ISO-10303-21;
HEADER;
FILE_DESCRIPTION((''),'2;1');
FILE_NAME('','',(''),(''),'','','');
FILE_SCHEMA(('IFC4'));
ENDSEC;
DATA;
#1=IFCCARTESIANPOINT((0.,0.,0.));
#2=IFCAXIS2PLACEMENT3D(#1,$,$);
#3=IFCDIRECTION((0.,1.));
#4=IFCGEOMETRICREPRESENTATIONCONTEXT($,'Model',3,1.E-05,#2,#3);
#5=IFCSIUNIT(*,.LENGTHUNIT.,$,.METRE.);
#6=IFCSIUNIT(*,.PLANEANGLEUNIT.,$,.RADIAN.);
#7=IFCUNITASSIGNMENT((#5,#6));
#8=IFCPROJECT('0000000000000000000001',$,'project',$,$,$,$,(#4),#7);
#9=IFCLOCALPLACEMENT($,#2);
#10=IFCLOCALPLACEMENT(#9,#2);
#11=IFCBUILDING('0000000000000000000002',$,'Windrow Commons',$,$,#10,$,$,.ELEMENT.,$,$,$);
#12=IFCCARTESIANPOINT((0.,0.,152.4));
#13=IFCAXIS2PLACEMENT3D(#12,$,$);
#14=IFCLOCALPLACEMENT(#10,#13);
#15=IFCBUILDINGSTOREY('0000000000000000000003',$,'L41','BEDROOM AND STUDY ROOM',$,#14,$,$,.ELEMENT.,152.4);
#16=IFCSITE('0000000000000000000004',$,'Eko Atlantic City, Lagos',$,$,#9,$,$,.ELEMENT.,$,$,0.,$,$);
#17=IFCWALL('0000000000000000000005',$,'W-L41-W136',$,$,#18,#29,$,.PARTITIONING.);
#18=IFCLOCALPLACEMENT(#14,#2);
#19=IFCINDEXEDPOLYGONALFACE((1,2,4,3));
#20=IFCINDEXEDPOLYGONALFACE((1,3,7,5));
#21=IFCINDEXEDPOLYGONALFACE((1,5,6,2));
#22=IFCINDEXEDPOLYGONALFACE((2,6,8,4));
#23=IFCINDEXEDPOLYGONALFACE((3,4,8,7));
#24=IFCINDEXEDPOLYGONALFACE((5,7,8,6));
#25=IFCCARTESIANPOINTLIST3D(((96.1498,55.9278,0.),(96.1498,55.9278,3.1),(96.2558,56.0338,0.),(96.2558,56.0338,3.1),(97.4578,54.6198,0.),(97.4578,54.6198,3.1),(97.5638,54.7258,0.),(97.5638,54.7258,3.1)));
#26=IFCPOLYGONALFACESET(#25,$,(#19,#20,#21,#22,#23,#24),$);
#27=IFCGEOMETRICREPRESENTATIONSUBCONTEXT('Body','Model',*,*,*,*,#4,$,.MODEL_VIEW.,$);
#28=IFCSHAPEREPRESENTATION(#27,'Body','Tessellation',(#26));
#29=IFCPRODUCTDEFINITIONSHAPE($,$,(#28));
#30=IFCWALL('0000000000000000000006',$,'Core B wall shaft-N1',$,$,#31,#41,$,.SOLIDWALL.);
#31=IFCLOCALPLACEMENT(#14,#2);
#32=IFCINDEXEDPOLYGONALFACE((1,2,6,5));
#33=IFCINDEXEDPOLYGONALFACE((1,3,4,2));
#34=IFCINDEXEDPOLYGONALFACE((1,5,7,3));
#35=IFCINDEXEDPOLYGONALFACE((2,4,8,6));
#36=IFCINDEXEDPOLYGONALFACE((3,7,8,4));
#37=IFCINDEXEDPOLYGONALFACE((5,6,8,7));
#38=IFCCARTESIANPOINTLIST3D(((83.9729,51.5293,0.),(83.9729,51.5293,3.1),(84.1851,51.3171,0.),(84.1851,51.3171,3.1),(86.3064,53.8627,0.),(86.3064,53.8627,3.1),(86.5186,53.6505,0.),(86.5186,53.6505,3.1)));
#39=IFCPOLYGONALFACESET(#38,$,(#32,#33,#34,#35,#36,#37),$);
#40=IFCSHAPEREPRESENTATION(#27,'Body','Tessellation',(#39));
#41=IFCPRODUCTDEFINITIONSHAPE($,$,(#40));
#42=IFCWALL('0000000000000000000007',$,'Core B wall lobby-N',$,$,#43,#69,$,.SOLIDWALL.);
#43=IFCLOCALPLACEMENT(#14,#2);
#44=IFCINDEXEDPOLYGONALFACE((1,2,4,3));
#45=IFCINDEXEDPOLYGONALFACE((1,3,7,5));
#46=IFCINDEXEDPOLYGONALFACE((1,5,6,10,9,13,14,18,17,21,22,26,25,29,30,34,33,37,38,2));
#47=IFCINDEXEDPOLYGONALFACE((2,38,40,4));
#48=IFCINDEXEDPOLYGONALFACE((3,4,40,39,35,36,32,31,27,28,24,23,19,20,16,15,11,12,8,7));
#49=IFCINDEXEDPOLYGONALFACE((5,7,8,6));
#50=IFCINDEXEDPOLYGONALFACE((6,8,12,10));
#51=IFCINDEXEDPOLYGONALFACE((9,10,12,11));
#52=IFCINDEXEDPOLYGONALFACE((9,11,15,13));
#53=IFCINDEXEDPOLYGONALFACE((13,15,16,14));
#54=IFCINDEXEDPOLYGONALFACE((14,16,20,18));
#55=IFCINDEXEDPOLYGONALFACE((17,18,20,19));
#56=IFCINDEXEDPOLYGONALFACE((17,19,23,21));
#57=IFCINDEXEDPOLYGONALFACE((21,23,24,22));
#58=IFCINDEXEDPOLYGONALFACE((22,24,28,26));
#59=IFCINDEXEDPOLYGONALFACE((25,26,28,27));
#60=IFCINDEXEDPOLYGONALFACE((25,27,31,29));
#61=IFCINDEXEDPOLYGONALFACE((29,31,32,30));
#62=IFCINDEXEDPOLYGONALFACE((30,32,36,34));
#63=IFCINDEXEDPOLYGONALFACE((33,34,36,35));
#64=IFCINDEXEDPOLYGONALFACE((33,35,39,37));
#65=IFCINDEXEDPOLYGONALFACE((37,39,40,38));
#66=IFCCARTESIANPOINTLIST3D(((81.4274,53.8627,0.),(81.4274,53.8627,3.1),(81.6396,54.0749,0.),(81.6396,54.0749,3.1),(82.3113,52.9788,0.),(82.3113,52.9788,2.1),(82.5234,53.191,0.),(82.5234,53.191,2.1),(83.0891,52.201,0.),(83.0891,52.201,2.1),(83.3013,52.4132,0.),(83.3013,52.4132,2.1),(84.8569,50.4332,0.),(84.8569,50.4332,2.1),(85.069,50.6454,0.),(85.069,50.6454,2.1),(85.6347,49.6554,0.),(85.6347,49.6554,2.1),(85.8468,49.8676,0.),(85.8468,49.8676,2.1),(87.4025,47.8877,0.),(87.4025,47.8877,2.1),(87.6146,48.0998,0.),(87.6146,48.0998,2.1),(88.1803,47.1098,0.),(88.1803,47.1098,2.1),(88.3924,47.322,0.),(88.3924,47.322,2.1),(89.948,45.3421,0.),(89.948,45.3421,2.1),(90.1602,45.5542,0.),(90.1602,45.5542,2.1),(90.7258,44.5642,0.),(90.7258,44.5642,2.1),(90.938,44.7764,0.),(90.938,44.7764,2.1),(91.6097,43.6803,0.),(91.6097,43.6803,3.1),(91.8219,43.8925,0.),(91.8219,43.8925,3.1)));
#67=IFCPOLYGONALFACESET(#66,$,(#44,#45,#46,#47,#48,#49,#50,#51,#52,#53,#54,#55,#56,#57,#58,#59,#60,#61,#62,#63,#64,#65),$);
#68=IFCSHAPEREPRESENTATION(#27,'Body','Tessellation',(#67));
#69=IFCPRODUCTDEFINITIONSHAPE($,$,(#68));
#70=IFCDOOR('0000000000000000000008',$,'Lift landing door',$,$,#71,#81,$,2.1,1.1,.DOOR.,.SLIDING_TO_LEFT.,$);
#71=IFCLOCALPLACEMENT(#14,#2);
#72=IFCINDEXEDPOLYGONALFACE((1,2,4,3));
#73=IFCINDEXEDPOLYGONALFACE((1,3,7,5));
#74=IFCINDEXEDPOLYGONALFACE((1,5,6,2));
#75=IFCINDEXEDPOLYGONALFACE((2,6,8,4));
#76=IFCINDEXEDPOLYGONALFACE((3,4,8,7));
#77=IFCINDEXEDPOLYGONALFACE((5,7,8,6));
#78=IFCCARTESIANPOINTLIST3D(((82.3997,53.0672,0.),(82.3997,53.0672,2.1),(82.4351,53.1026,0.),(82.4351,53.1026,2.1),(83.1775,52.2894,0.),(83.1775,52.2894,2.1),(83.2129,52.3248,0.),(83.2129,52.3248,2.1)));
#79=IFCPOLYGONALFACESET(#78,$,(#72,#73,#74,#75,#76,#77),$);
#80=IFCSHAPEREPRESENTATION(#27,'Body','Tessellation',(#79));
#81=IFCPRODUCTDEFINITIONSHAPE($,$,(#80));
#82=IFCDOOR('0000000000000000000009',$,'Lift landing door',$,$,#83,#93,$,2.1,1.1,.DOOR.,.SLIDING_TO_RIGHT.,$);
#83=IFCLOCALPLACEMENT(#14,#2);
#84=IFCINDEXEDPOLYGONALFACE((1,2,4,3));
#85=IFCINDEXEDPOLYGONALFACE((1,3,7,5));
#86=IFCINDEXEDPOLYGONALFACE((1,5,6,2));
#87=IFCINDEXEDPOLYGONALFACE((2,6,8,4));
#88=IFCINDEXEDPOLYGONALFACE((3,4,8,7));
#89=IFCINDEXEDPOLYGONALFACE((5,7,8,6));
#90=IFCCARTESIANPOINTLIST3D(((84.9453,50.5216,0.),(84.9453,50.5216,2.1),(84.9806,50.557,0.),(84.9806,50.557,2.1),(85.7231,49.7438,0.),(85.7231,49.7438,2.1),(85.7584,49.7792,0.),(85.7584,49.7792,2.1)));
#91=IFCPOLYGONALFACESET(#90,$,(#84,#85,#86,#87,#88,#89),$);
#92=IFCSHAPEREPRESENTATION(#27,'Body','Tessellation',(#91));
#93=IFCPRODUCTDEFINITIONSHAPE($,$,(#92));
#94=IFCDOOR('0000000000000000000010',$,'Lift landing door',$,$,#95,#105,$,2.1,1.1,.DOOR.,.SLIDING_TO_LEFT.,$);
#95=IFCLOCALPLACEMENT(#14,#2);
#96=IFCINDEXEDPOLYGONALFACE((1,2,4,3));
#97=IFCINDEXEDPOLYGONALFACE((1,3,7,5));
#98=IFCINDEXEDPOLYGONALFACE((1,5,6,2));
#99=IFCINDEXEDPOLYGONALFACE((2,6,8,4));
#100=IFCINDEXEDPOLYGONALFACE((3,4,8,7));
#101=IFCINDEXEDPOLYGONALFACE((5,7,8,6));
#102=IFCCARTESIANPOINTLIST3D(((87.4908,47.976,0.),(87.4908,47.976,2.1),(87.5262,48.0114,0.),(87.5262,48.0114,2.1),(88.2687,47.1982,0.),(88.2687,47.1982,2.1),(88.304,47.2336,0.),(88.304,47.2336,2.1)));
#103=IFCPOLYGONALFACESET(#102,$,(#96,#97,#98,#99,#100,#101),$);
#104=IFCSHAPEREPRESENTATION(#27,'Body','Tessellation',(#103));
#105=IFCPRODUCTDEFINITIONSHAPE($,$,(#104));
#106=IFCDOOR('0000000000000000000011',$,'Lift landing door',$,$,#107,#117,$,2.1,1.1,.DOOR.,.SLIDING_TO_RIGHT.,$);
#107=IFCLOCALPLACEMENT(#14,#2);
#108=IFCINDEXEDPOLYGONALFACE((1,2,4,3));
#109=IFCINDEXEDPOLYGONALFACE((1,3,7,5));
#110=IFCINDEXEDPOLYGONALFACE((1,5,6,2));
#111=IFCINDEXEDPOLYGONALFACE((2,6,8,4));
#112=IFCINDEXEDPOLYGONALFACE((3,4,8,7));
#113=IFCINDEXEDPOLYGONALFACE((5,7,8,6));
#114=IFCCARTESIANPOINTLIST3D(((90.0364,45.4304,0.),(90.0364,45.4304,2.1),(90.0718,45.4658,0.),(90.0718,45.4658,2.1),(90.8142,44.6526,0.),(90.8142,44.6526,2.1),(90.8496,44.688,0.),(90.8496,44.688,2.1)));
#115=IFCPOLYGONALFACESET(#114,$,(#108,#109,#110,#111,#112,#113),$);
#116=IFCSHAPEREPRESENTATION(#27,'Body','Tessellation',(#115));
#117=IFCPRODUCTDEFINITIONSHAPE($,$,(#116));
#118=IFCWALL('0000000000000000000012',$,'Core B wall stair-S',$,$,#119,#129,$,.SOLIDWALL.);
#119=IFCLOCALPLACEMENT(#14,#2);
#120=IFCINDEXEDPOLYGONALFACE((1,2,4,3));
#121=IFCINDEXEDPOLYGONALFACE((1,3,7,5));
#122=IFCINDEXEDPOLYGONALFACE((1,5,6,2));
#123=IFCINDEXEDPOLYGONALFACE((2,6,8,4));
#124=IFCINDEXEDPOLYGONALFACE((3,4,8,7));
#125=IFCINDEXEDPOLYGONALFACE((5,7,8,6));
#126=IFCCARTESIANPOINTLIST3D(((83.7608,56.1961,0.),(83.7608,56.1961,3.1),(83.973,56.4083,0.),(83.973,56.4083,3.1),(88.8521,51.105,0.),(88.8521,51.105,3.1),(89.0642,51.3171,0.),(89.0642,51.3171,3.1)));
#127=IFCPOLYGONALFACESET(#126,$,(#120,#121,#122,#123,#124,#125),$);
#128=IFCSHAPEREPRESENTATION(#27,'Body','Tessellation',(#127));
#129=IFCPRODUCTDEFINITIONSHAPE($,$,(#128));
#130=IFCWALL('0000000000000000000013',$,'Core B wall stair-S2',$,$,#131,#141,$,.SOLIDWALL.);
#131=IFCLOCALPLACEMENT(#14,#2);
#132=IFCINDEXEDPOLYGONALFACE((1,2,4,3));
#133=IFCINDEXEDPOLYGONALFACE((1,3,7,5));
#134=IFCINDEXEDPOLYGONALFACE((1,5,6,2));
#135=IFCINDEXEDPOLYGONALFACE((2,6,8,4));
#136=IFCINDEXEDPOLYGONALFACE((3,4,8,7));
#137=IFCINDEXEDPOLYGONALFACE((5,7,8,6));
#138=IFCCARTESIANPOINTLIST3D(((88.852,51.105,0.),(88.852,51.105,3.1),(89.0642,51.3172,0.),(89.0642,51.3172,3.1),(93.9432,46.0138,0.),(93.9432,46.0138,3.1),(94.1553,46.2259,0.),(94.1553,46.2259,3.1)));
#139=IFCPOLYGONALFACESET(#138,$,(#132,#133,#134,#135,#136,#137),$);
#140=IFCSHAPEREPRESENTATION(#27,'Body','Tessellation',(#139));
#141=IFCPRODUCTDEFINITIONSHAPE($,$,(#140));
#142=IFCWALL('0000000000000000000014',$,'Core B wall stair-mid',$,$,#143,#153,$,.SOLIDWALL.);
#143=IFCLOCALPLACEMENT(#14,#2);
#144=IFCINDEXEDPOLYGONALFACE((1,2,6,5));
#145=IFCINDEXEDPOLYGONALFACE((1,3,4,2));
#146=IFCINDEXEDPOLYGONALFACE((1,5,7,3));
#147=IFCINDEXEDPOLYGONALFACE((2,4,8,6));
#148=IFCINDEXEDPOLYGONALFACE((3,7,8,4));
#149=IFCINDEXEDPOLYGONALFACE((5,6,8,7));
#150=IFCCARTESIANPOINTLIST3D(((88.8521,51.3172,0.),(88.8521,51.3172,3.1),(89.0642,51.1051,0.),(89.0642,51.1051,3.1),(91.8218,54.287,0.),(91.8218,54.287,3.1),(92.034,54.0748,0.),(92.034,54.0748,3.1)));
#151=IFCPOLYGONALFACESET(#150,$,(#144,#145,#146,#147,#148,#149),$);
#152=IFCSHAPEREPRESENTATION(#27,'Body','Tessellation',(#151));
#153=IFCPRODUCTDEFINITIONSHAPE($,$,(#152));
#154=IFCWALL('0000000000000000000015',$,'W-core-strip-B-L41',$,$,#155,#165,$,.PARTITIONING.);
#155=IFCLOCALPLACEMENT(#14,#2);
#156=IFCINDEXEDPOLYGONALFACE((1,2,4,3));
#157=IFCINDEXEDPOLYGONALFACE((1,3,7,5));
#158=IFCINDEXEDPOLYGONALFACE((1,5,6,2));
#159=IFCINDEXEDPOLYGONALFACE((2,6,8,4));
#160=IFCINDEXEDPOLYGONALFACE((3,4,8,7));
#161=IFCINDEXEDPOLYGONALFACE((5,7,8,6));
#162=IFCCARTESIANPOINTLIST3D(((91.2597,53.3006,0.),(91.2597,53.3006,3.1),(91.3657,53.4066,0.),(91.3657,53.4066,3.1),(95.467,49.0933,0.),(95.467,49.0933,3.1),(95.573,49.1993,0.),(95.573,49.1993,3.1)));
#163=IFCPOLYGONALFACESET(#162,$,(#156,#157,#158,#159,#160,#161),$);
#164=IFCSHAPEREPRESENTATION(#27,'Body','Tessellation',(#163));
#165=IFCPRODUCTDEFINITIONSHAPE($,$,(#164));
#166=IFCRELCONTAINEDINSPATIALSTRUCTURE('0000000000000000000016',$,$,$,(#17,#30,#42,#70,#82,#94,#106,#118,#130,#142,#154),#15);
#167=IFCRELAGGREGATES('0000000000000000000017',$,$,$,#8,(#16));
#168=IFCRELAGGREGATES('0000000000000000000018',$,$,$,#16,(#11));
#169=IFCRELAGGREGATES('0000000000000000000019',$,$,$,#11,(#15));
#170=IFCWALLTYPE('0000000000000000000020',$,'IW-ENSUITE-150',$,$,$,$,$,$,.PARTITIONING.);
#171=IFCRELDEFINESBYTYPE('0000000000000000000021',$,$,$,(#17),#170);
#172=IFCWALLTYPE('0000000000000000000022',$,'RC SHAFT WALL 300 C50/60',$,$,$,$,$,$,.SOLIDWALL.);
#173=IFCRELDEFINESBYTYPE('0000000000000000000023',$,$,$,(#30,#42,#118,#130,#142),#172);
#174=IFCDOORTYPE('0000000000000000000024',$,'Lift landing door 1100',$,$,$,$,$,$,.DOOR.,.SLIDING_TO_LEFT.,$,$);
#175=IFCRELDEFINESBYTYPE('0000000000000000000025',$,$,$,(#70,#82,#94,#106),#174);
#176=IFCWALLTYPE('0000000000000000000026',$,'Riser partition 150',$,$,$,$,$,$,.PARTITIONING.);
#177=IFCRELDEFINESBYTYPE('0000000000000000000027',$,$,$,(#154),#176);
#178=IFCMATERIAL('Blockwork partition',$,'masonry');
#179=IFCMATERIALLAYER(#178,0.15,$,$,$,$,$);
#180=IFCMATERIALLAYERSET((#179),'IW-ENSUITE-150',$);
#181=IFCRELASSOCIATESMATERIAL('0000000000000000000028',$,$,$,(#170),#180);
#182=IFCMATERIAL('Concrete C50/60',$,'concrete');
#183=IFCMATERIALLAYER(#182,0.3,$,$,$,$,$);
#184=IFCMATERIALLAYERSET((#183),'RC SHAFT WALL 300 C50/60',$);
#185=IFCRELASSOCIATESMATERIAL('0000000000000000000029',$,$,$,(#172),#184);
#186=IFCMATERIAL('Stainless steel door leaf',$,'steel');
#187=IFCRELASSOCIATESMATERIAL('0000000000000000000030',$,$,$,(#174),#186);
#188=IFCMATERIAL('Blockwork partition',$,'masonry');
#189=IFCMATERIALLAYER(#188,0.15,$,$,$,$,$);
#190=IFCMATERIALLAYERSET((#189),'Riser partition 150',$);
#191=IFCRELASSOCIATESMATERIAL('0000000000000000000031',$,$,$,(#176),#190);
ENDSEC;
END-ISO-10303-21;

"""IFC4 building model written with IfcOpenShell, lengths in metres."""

from ifc_helpers import new_model, si_unit, direction, frame, frame_2d, origin, place, context, subcontext, project, spatial, rectangle, extrude, material, layer, layer_set, type_object, element, fill, save


model = new_model("IFC4")

# Units and contexts
model_context = context("Model", 3, precision=1e-05, world=origin(), true_north=direction((0.0, 1.0)))
body_context = subcontext(model_context, "Body", "Model", "MODEL_VIEW")
ifc_project = project(units=[si_unit("LENGTHUNIT", "METRE"), si_unit("PLANEANGLEUNIT", "RADIAN")], contexts=[model_context])

# Site, building, storey
site_placement = place(None, origin())
site = spatial("IfcSite", under=ifc_project, at=site_placement, Name="Eko Atlantic City, Lagos", CompositionType="ELEMENT", RefElevation=0.0)
building_placement = place(site_placement, origin())
building = spatial("IfcBuilding", under=site, at=building_placement, Name="Windrow Commons", CompositionType="ELEMENT")
storey_placement = place(building_placement, frame((0.0, 0.0, 152.4)))
storey = spatial("IfcBuildingStorey", under=building, at=storey_placement, Name="L41", Description="BEDROOM AND STUDY ROOM", CompositionType="ELEMENT", Elevation=152.4)

# Shared definitions
ifc_material_1 = material(Name="Blockwork partition", Category="masonry")
ifc_layer_1 = layer(ifc_material_1, 0.15)
ifc_layer_set_1 = layer_set([ifc_layer_1], Name="IW-ENSUITE-150")
wall_type_1 = type_object("IfcWallType", Name="IW-ENSUITE-150", PredefinedType="PARTITIONING", material=ifc_layer_set_1)

# Walls
wall_1_placement = place(storey_placement, frame((96.2028, 55.9808, 0.0), z_axis=(0.0, 0.0, 1.0), x_axis=(0.707107, -0.707107, 0.0)))
element("IfcWall", 1, at=wall_1_placement, inside=storey, type_object=wall_type_1, Name="W-L41-W136", PredefinedType="PARTITIONING", context=body_context, shape_type="SweptSolid", body=[
    extrude(rectangle(XDim=1.8498, YDim=0.15, at=frame_2d((0.9249, 0.0))), origin(), (0.0, 0.0, 1.0), 3.1),
])
ifc_material_2 = material(Name="Concrete C50/60", Category="concrete")
ifc_layer_2 = layer(ifc_material_2, 0.3)
ifc_layer_set_2 = layer_set([ifc_layer_2], Name="RC SHAFT WALL 300 C50/60")
wall_type_2 = type_object("IfcWallType", Name="RC SHAFT WALL 300 C50/60", PredefinedType="SOLIDWALL", material=ifc_layer_set_2)
wall_2_placement = place(storey_placement, frame((84.079, 51.4232, 0.0), z_axis=(0.0, 0.0, 1.0), x_axis=(0.707122, 0.707092, 0.0)))
element("IfcWall", 2, at=wall_2_placement, inside=storey, type_object=wall_type_2, Name="Core B wall shaft-N1", PredefinedType="SOLIDWALL", context=body_context, shape_type="SweptSolid", body=[
    extrude(rectangle(XDim=3.3, YDim=0.3, at=frame_2d((1.65, 0.0))), origin(), (0.0, 0.0, 1.0), 3.1),
])

# Wall, openings, doors
wall_3_placement = place(storey_placement, frame((81.5335, 53.9688, 0.0), z_axis=(0.0, 0.0, 1.0), x_axis=(0.707103, -0.70711, 0.0)))
wall_3 = element("IfcWall", 3, at=wall_3_placement, inside=storey, type_object=wall_type_2, Name="Core B wall lobby-N", PredefinedType="SOLIDWALL", context=body_context, shape_type="SweptSolid", body=[
    extrude(rectangle(XDim=14.4, YDim=0.3, at=frame_2d((7.2, 0.0))), origin(), (0.0, 0.0, 1.0), 3.1),
])
opening_1_placement = place(wall_3_placement, frame((1.25, 0.0, 0.0)))
opening_1 = element("IfcOpeningElement", 4, at=opening_1_placement, cuts=wall_3, PredefinedType="OPENING", context=body_context, shape_type="SweptSolid", body=[
    extrude(rectangle(XDim=1.1, YDim=2.1, at=frame_2d((0.55, 1.05))), frame((0.0, 0.16, 0.0), z_axis=(0.0, -1.0, 0.0), x_axis=(1.0, 0.0, 0.0)), (0.0, 0.0, 1.0), 0.32),
])
opening_2_placement = place(wall_3_placement, frame((4.85, 0.0, 0.0)))
opening_2 = element("IfcOpeningElement", 5, at=opening_2_placement, cuts=wall_3, PredefinedType="OPENING", context=body_context, shape_type="SweptSolid", body=[
    extrude(rectangle(XDim=1.1, YDim=2.1, at=frame_2d((0.55, 1.05))), frame((0.0, 0.16, 0.0), z_axis=(0.0, -1.0, 0.0), x_axis=(1.0, 0.0, 0.0)), (0.0, 0.0, 1.0), 0.32),
])
opening_3_placement = place(wall_3_placement, frame((8.45, 0.0, 0.0)))
opening_3 = element("IfcOpeningElement", 6, at=opening_3_placement, cuts=wall_3, PredefinedType="OPENING", context=body_context, shape_type="SweptSolid", body=[
    extrude(rectangle(XDim=1.1, YDim=2.1, at=frame_2d((0.55, 1.05))), frame((0.0, 0.16, 0.0), z_axis=(0.0, -1.0, 0.0), x_axis=(1.0, 0.0, 0.0)), (0.0, 0.0, 1.0), 0.32),
])
opening_4_placement = place(wall_3_placement, frame((12.05, 0.0, 0.0)))
opening_4 = element("IfcOpeningElement", 7, at=opening_4_placement, cuts=wall_3, PredefinedType="OPENING", context=body_context, shape_type="SweptSolid", body=[
    extrude(rectangle(XDim=1.1, YDim=2.1, at=frame_2d((0.55, 1.05))), frame((0.0, 0.16, 0.0), z_axis=(0.0, -1.0, 0.0), x_axis=(1.0, 0.0, 0.0)), (0.0, 0.0, 1.0), 0.32),
])
ifc_material_3 = material(Name="Stainless steel door leaf", Category="steel")
door_type_1 = type_object("IfcDoorType", Name="Lift landing door 1100", OperationType="SLIDING_TO_LEFT", PredefinedType="DOOR", material=ifc_material_3)
door_1_placement = place(opening_1_placement, origin())
door_1 = element("IfcDoor", 8, at=door_1_placement, inside=storey, type_object=door_type_1, Name="Lift landing door", OperationType="SLIDING_TO_LEFT", OverallHeight=2.1, OverallWidth=1.1, PredefinedType="DOOR", context=body_context, shape_type="SweptSolid", body=[
    extrude(rectangle(XDim=1.1, YDim=2.1, at=frame_2d((0.55, 1.05))), frame((0.0, 0.025, 0.0), z_axis=(0.0, -1.0, 0.0), x_axis=(1.0, 0.0, 0.0)), (0.0, 0.0, 1.0), 0.05),
])
fill(opening_1, door_1)
door_2_placement = place(opening_2_placement, origin())
door_2 = element("IfcDoor", 9, at=door_2_placement, inside=storey, type_object=door_type_1, Name="Lift landing door", OperationType="SLIDING_TO_RIGHT", OverallHeight=2.1, OverallWidth=1.1, PredefinedType="DOOR", context=body_context, shape_type="SweptSolid", body=[
    extrude(rectangle(XDim=1.1, YDim=2.1, at=frame_2d((0.55, 1.05))), frame((0.0, 0.025, 0.0), z_axis=(0.0, -1.0, 0.0), x_axis=(1.0, 0.0, 0.0)), (0.0, 0.0, 1.0), 0.05),
])
fill(opening_2, door_2)
door_3_placement = place(opening_3_placement, origin())
door_3 = element("IfcDoor", 10, at=door_3_placement, inside=storey, type_object=door_type_1, Name="Lift landing door", OperationType="SLIDING_TO_LEFT", OverallHeight=2.1, OverallWidth=1.1, PredefinedType="DOOR", context=body_context, shape_type="SweptSolid", body=[
    extrude(rectangle(XDim=1.1, YDim=2.1, at=frame_2d((0.55, 1.05))), frame((0.0, 0.025, 0.0), z_axis=(0.0, -1.0, 0.0), x_axis=(1.0, 0.0, 0.0)), (0.0, 0.0, 1.0), 0.05),
])
fill(opening_3, door_3)
door_4_placement = place(opening_4_placement, origin())
door_4 = element("IfcDoor", 11, at=door_4_placement, inside=storey, type_object=door_type_1, Name="Lift landing door", OperationType="SLIDING_TO_RIGHT", OverallHeight=2.1, OverallWidth=1.1, PredefinedType="DOOR", context=body_context, shape_type="SweptSolid", body=[
    extrude(rectangle(XDim=1.1, YDim=2.1, at=frame_2d((0.55, 1.05))), frame((0.0, 0.025, 0.0), z_axis=(0.0, -1.0, 0.0), x_axis=(1.0, 0.0, 0.0)), (0.0, 0.0, 1.0), 0.05),
])
fill(opening_4, door_4)

# Walls
for number, where, z_axis, x_axis, name in (
    (12, (83.8669, 56.3022, 0.0), (0.0, 0.0, 1.0), (0.707114, -0.7071, 0.0), "Core B wall stair-S"),
    (13, (88.9581, 51.2111, 0.0), (0.0, 0.0, 1.0), (0.7071, -0.707114, 0.0), "Core B wall stair-S2"),
):
    element("IfcWall", number, at=place(storey_placement, frame(where, z_axis=z_axis, x_axis=x_axis)), inside=storey, type_object=wall_type_2, Name=name, PredefinedType="SOLIDWALL", context=body_context, shape_type="SweptSolid", body=[
        extrude(rectangle(XDim=7.2, YDim=0.3, at=frame_2d((3.6, 0.0))), origin(), (0.0, 0.0, 1.0), 3.1),
    ])
wall_4_placement = place(storey_placement, frame((88.9581, 51.2111, 0.0), z_axis=(0.0, 0.0, 1.0), x_axis=(0.707107, 0.707107, 0.0)))
element("IfcWall", 14, at=wall_4_placement, inside=storey, type_object=wall_type_2, Name="Core B wall stair-mid", PredefinedType="SOLIDWALL", context=body_context, shape_type="SweptSolid", body=[
    extrude(rectangle(XDim=4.1999, YDim=0.3, at=frame_2d((2.1, 0.0))), origin(), (0.0, 0.0, 1.0), 3.1),
])
ifc_material_4 = material(Name="Blockwork partition", Category="masonry")
ifc_layer_3 = layer(ifc_material_4, 0.15)
ifc_layer_set_3 = layer_set([ifc_layer_3], Name="Riser partition 150")
wall_type_3 = type_object("IfcWallType", Name="Riser partition 150", PredefinedType="PARTITIONING", material=ifc_layer_set_3)
wall_5_placement = place(storey_placement, frame((91.3127, 53.3536, 0.0), z_axis=(0.0, 0.0, 1.0), x_axis=(0.707107, -0.707107, 0.0)))
element("IfcWall", 15, at=wall_5_placement, inside=storey, type_object=wall_type_3, Name="W-core-strip-B-L41", PredefinedType="PARTITIONING", context=body_context, shape_type="SweptSolid", body=[
    extrude(rectangle(XDim=5.95, YDim=0.15, at=frame_2d((2.975, 0.0))), origin(), (0.0, 0.0, 1.0), 3.1),
])

save(model, "model.ifc")
